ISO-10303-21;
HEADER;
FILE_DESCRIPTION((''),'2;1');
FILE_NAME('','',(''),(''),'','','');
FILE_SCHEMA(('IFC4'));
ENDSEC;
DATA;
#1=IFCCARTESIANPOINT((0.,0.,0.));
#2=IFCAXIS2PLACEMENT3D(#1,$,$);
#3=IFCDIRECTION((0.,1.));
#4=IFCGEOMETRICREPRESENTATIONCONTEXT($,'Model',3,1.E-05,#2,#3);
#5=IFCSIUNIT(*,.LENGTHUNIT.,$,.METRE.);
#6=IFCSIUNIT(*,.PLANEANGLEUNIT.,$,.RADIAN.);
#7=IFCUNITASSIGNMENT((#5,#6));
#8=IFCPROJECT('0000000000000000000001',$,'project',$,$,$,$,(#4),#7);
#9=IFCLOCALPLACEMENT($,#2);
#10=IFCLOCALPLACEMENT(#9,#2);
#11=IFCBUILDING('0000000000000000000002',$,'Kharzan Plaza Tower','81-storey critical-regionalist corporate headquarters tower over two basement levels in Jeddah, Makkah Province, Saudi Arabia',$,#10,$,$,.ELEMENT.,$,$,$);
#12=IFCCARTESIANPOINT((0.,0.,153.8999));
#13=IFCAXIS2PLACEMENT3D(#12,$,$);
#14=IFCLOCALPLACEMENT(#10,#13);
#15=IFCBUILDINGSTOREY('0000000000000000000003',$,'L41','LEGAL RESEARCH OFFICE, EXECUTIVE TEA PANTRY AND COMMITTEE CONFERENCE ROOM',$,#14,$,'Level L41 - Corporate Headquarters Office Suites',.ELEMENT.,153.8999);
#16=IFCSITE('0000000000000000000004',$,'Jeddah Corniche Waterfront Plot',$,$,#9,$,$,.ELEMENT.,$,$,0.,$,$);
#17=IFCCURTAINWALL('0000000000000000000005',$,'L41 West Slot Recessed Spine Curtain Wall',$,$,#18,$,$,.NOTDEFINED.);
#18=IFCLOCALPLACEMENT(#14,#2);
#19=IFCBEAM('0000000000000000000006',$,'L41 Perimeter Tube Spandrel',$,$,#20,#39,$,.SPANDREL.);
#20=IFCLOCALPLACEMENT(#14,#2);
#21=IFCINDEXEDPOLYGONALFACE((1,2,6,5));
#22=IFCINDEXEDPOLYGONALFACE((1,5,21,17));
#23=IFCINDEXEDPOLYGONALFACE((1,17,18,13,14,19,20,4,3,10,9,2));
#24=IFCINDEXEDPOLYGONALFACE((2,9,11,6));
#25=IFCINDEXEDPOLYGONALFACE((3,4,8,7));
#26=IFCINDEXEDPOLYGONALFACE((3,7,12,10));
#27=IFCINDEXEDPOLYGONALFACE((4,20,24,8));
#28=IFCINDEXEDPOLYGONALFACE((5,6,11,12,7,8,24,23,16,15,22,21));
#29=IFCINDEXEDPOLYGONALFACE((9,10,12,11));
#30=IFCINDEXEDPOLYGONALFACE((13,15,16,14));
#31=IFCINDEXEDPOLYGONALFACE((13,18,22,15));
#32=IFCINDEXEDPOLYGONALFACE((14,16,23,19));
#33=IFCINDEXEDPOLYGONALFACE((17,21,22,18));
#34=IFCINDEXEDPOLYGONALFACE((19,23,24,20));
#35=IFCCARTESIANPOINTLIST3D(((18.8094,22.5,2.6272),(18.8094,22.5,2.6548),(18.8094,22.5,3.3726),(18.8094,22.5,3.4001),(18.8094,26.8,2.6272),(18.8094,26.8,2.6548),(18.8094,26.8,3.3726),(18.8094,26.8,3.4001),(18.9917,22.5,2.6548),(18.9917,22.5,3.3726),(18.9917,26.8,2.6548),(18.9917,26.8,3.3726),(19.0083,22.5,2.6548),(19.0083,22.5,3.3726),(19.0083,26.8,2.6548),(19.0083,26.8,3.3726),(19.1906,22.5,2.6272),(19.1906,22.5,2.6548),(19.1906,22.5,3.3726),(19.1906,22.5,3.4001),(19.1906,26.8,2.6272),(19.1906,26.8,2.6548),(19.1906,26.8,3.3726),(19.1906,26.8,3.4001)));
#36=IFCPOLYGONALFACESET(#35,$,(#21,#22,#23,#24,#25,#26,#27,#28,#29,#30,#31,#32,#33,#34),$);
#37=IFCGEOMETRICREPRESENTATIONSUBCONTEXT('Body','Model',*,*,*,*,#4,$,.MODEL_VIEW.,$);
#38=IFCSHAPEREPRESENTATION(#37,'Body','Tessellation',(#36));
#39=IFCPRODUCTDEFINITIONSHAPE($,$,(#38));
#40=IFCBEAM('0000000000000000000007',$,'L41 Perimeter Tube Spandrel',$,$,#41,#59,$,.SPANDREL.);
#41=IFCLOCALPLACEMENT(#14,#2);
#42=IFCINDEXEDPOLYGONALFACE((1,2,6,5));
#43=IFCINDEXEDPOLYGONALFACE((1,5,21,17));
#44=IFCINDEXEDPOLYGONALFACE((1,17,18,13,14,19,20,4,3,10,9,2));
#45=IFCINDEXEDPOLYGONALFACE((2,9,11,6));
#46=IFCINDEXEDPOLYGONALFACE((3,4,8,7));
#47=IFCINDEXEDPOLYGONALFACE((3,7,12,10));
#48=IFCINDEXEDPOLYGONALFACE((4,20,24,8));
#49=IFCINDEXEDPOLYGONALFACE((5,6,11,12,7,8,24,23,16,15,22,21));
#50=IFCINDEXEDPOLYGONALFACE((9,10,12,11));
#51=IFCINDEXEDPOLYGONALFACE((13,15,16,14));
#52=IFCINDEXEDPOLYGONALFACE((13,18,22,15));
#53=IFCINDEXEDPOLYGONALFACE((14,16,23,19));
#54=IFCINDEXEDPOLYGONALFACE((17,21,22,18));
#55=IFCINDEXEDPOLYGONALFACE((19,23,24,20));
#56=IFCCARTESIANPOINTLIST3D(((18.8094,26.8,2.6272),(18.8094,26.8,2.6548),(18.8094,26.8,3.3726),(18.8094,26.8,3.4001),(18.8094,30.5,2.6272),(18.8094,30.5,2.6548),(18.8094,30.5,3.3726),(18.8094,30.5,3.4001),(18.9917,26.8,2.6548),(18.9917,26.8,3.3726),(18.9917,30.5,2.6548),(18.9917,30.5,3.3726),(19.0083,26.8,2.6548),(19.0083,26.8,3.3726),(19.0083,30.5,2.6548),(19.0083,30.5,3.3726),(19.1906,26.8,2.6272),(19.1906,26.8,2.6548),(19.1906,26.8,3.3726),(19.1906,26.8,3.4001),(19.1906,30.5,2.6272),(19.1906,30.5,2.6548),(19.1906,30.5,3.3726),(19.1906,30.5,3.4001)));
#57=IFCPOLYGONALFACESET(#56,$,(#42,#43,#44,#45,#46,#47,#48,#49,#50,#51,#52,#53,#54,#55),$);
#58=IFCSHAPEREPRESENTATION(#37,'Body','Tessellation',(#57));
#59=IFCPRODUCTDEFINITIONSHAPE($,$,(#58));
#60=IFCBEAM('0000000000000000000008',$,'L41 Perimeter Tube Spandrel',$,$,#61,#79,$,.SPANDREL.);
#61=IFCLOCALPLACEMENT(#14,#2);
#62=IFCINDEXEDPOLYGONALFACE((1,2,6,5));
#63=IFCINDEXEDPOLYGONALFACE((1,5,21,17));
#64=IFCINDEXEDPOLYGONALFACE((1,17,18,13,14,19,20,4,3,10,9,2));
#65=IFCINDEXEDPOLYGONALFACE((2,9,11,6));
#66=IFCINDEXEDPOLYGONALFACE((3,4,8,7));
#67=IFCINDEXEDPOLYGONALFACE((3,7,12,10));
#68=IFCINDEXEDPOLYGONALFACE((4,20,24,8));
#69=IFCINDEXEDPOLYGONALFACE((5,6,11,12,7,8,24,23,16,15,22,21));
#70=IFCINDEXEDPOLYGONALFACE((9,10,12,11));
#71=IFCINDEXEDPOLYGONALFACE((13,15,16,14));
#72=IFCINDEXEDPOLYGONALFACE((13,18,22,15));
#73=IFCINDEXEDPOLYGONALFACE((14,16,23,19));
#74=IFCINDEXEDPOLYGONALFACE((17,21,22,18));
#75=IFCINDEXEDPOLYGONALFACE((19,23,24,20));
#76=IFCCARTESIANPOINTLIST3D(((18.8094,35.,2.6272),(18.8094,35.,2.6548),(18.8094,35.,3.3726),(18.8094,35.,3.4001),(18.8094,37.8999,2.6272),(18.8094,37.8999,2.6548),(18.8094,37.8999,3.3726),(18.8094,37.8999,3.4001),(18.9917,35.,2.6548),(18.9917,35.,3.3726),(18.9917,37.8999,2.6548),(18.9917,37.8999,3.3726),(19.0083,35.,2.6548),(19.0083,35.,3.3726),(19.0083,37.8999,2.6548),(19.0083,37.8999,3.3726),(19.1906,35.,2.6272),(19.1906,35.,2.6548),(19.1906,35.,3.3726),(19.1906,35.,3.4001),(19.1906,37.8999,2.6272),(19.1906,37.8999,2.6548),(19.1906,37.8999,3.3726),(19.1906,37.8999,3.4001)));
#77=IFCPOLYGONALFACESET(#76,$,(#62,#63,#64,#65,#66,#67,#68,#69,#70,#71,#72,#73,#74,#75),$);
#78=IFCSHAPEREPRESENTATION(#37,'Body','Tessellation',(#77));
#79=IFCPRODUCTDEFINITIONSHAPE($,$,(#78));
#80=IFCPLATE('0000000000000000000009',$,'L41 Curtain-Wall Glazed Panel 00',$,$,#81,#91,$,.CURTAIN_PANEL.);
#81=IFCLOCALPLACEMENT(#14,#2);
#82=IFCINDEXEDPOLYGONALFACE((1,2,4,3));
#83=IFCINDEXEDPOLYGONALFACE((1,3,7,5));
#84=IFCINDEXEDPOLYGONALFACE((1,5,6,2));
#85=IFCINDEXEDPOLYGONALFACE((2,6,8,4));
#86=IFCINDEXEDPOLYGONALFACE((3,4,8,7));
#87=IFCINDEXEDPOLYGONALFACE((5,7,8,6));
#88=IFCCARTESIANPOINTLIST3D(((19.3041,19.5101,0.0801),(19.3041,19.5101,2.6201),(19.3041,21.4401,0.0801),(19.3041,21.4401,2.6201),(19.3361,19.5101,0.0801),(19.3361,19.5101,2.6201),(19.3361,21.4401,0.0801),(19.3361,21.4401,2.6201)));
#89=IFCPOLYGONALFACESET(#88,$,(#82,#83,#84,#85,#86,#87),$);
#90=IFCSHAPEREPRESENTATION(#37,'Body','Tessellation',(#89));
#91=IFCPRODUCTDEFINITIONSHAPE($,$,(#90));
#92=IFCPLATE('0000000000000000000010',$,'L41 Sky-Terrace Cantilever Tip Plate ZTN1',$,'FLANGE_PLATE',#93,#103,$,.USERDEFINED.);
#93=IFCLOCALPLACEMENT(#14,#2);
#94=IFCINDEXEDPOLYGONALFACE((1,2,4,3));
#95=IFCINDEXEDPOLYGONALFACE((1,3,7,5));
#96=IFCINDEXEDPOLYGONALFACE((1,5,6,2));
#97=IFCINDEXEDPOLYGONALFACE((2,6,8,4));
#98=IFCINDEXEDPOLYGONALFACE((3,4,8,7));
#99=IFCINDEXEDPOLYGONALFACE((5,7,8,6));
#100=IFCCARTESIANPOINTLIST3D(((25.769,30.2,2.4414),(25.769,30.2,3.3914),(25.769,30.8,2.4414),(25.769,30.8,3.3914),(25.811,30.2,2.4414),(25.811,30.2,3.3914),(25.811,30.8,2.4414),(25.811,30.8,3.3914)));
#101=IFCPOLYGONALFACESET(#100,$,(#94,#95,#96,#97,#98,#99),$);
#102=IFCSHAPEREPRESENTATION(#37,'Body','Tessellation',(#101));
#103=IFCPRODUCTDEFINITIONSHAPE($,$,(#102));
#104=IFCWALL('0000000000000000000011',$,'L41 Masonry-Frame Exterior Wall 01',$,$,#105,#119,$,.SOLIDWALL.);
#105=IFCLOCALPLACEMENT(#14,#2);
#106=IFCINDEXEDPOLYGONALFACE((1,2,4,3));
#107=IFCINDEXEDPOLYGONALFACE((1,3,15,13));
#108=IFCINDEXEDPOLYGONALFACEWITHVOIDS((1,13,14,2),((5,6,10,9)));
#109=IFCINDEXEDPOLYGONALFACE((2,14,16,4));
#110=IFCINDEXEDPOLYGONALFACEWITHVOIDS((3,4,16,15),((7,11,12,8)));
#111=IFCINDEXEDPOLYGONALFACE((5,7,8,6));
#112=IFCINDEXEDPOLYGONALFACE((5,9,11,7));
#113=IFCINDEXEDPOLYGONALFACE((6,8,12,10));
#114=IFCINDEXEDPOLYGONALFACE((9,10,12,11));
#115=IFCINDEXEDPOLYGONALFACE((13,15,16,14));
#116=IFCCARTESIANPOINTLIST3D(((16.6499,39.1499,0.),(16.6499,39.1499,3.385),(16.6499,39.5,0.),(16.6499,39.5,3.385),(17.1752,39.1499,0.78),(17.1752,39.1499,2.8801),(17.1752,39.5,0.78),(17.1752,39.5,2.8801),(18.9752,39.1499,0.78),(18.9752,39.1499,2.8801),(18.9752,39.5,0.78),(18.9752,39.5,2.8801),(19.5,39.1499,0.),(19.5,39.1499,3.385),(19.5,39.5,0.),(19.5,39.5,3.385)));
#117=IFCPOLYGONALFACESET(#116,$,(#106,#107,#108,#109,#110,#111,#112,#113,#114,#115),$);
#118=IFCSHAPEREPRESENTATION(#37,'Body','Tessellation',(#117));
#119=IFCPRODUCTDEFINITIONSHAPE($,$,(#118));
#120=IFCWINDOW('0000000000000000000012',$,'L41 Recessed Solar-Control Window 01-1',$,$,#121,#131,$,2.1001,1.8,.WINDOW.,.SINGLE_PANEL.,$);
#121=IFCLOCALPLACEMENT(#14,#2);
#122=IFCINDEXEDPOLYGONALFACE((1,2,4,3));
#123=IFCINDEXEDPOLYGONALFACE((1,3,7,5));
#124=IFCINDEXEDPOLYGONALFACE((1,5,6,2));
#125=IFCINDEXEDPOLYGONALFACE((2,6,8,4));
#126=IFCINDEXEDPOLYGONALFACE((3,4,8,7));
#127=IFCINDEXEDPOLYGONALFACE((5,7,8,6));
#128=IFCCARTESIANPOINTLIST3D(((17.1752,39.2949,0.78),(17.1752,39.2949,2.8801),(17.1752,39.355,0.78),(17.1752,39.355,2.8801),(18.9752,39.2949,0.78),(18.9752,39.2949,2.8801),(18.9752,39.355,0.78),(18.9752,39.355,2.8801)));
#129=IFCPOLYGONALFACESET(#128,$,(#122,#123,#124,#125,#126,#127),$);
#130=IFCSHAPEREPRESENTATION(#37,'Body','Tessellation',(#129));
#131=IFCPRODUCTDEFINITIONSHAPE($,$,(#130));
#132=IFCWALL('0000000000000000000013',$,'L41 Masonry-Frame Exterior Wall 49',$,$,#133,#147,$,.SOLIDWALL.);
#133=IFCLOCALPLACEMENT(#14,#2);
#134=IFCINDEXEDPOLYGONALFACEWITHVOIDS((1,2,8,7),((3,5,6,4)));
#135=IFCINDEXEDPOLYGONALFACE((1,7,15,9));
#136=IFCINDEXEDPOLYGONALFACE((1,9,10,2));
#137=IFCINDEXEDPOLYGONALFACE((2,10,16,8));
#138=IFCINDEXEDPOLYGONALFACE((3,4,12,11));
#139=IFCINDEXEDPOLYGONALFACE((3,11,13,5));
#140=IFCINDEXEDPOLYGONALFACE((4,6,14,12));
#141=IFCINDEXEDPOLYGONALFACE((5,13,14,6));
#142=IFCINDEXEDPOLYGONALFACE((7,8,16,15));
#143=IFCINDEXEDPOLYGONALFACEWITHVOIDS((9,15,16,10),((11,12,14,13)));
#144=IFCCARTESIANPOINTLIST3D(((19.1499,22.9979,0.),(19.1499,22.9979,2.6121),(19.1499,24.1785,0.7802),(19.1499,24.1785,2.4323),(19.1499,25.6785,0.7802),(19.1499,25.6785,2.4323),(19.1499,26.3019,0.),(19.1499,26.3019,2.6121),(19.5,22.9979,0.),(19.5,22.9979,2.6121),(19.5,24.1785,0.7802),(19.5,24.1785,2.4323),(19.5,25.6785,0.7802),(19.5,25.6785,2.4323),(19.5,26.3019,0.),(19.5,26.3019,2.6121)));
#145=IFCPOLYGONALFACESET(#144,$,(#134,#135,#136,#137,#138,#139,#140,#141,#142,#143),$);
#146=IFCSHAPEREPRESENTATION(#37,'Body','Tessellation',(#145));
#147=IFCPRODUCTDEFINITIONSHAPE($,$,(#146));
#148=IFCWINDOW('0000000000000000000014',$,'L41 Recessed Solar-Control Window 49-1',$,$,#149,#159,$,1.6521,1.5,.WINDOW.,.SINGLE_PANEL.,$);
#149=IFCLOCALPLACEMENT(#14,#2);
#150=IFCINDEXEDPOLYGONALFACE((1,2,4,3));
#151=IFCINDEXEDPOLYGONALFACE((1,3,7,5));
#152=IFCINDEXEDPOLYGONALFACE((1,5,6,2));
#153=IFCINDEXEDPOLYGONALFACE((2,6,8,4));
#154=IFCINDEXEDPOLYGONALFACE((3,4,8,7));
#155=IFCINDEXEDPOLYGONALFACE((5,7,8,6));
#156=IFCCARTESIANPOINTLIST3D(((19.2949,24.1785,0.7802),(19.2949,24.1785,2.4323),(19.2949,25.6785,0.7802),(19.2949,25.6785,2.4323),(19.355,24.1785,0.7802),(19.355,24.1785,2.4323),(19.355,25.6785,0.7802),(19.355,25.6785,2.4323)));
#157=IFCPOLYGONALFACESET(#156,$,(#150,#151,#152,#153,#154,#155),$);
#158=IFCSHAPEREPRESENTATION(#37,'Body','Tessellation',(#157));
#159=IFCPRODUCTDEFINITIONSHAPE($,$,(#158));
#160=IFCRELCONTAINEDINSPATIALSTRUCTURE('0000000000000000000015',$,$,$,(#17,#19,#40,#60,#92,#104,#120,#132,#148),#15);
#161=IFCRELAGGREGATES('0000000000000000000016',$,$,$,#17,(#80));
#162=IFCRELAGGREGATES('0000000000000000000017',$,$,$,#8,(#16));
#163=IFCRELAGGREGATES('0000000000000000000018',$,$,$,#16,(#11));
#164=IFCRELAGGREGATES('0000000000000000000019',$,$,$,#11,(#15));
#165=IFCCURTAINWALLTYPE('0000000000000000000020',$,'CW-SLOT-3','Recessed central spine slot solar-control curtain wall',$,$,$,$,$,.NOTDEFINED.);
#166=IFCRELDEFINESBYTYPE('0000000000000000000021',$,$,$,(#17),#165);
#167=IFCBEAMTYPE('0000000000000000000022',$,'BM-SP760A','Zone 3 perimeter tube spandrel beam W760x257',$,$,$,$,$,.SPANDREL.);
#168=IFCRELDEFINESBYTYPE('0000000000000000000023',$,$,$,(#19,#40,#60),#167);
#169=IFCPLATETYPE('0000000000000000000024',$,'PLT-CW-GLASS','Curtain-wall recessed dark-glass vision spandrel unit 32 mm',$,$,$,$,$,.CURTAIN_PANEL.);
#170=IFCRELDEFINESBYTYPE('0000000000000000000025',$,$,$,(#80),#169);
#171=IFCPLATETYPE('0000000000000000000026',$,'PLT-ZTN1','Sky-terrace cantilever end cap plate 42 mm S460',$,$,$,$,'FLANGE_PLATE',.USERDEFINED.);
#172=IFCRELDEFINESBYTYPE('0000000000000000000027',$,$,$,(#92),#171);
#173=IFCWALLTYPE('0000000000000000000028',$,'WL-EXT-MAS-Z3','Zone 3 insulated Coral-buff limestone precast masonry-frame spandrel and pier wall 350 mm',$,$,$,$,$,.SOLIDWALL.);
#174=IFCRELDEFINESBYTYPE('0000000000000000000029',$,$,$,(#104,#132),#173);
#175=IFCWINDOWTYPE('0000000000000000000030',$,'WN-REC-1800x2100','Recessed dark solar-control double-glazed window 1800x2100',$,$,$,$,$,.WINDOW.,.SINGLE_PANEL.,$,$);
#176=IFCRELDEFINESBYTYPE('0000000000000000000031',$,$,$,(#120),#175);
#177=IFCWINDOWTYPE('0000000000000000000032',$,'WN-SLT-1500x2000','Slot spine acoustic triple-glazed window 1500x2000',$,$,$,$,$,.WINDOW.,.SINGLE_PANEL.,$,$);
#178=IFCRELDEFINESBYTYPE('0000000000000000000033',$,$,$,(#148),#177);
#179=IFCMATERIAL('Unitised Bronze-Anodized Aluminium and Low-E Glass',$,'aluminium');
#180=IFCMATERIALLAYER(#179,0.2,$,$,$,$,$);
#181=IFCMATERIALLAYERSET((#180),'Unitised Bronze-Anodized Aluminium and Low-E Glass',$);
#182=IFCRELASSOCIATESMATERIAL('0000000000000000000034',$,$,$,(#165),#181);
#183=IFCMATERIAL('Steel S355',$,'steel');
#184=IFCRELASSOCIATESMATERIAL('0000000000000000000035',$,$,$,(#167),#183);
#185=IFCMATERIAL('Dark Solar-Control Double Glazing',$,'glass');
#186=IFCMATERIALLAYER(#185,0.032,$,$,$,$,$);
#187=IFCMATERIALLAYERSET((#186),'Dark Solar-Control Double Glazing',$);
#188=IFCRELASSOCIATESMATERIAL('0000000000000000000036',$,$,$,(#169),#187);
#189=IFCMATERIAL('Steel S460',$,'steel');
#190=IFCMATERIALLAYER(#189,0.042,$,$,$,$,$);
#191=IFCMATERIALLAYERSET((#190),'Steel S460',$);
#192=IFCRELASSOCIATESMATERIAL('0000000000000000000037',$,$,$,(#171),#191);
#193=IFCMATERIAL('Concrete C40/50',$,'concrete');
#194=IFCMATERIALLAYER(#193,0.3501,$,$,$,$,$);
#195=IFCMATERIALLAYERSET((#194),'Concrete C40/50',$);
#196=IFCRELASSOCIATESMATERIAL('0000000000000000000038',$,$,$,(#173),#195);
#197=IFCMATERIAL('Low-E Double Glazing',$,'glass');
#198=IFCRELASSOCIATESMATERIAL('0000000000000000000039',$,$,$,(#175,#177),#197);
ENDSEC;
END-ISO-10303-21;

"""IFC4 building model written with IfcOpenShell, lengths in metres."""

from ifc_helpers import new_model, si_unit, direction, frame, frame_2d, origin, origin_2d, place, context, subcontext, project, spatial, rectangle, i_section, extrude, source, transform, mapped, material, layer, layer_set, material_profile, profile_set, type_object, element, fill, aggregate, save


model = new_model("IFC4")

# Units and contexts
model_context = context("Model", 3, precision=1e-05, world=origin(), true_north=direction((0.0, 1.0)))
body_context = subcontext(model_context, "Body", "Model", "MODEL_VIEW")
ifc_project = project(units=[si_unit("LENGTHUNIT", "METRE"), si_unit("PLANEANGLEUNIT", "RADIAN")], contexts=[model_context])

# Site, building, storey
site_placement = place(None, origin())
site = spatial("IfcSite", under=ifc_project, at=site_placement, Name="Jeddah Corniche Waterfront Plot", CompositionType="ELEMENT", RefElevation=0.0)
building_placement = place(site_placement, origin())
building = spatial("IfcBuilding", under=site, at=building_placement, Name="Kharzan Plaza Tower", Description="81-storey critical-regionalist corporate headquarters tower over two basement levels in Jeddah, Makkah Province, Saudi Arabia", CompositionType="ELEMENT")
storey_placement = place(building_placement, frame((0.0, 0.0, 153.8999)))
storey = spatial("IfcBuildingStorey", under=building, at=storey_placement, Name="L41", Description="LEGAL RESEARCH OFFICE, EXECUTIVE TEA PANTRY AND COMMITTEE CONFERENCE ROOM", LongName="Level L41 - Corporate Headquarters Office Suites", CompositionType="ELEMENT", Elevation=153.8999)

# Shared definitions
ifc_material_1 = material(Name="Steel S355", Category="steel")

# Curtain wall
ifc_material_2 = material(Name="Unitised Bronze-Anodized Aluminium and Low-E Glass", Category="aluminium")
ifc_layer_1 = layer(ifc_material_2, 0.2)
ifc_layer_set_1 = layer_set([ifc_layer_1], Name="Unitised Bronze-Anodized Aluminium and Low-E Glass")
curtain_wall_type = type_object("IfcCurtainWallType", Name="CW-SLOT-3", Description="Recessed central spine slot solar-control curtain wall", PredefinedType="NOTDEFINED", material=ifc_layer_set_1)
curtain_wall_placement = place(storey_placement, origin())
curtain_wall = element("IfcCurtainWall", 1, at=curtain_wall_placement, inside=storey, type_object=curtain_wall_type, Name="L41 West Slot Recessed Spine Curtain Wall", PredefinedType="NOTDEFINED")

# Beams
ifc_material_profile_1 = material_profile(ifc_material_1, i_section(OverallWidth=0.3811, OverallDepth=0.7729, WebThickness=0.0166, FlangeThickness=0.0276, at=origin_2d()), Name="W760x257")
ifc_profile_set_1 = profile_set([ifc_material_profile_1], Name="Steel S355")
beam_type_1 = type_object("IfcBeamType", Name="BM-SP760A", Description="Zone 3 perimeter tube spandrel beam W760x257", PredefinedType="SPANDREL", material=ifc_profile_set_1)
shared_shape_1 = source(origin(), body_context, "Body", "SweptSolid", [
    extrude(i_section(OverallWidth=0.3811, OverallDepth=0.7729, WebThickness=0.0166, FlangeThickness=0.0276, at=origin_2d()), origin(), (0.0, 0.0, 1.0), 4.3),
])
beam_1_placement = place(storey_placement, frame((19.0, 22.5, 3.0137), z_axis=(0.0, 1.0, 0.0), x_axis=(-1.0, 0.0, 0.0)))
element("IfcBeam", 2, at=beam_1_placement, inside=storey, type_object=beam_type_1, Name="L41 Perimeter Tube Spandrel", PredefinedType="SPANDREL", context=body_context, shape_type="MappedRepresentation", body=[
    mapped(shared_shape_1, transform((0.0, 0.0, 0.0), x_axis=(1.0, 0.0, 0.0), y_axis=(0.0, 1.0, 0.0), z_axis=(0.0, 0.0, 1.0))),
])
shared_shape_2 = source(origin(), body_context, "Body", "SweptSolid", [
    extrude(i_section(OverallWidth=0.3811, OverallDepth=0.7729, WebThickness=0.0166, FlangeThickness=0.0276, at=origin_2d()), origin(), (0.0, 0.0, 1.0), 3.7),
])
beam_2_placement = place(storey_placement, frame((19.0, 26.8, 3.0137), z_axis=(0.0, 1.0, 0.0), x_axis=(-1.0, 0.0, 0.0)))
element("IfcBeam", 3, at=beam_2_placement, inside=storey, type_object=beam_type_1, Name="L41 Perimeter Tube Spandrel", PredefinedType="SPANDREL", context=body_context, shape_type="MappedRepresentation", body=[
    mapped(shared_shape_2, transform((0.0, 0.0, 0.0), x_axis=(1.0, 0.0, 0.0), y_axis=(0.0, 1.0, 0.0), z_axis=(0.0, 0.0, 1.0))),
])
shared_shape_3 = source(origin(), body_context, "Body", "SweptSolid", [
    extrude(i_section(OverallWidth=0.3811, OverallDepth=0.7729, WebThickness=0.0166, FlangeThickness=0.0276, at=origin_2d()), origin(), (0.0, 0.0, 1.0), 2.8999),
])
beam_3_placement = place(storey_placement, frame((19.0, 35.0, 3.0137), z_axis=(0.0, 1.0, 0.0), x_axis=(-1.0, 0.0, 0.0)))
element("IfcBeam", 4, at=beam_3_placement, inside=storey, type_object=beam_type_1, Name="L41 Perimeter Tube Spandrel", PredefinedType="SPANDREL", context=body_context, shape_type="MappedRepresentation", body=[
    mapped(shared_shape_3, transform((0.0, 0.0, 0.0), x_axis=(1.0, 0.0, 0.0), y_axis=(0.0, 1.0, 0.0), z_axis=(0.0, 0.0, 1.0))),
])

# Plates
ifc_material_3 = material(Name="Dark Solar-Control Double Glazing", Category="glass")
ifc_layer_2 = layer(ifc_material_3, 0.032)
ifc_layer_set_2 = layer_set([ifc_layer_2], Name="Dark Solar-Control Double Glazing")
plate_type_1 = type_object("IfcPlateType", Name="PLT-CW-GLASS", Description="Curtain-wall recessed dark-glass vision spandrel unit 32 mm", PredefinedType="CURTAIN_PANEL", material=ifc_layer_set_2)
shared_shape_4 = source(origin(), body_context, "Body", "SweptSolid", [
    extrude(rectangle(XDim=1.9299, YDim=0.032, at=origin_2d()), origin(), (0.0, 0.0, 1.0), 2.54),
])
plate_1_placement = place(storey_placement, frame((19.3201, 20.4751, 0.0801), z_axis=(0.0, 0.0, 1.0), x_axis=(0.0, 1.0, 0.0)))
plate_1 = element("IfcPlate", 5, at=plate_1_placement, type_object=plate_type_1, Name="L41 Curtain-Wall Glazed Panel 00", PredefinedType="CURTAIN_PANEL", context=body_context, shape_type="MappedRepresentation", body=[
    mapped(shared_shape_4, transform((0.0, 0.0, 0.0), x_axis=(1.0, 0.0, 0.0), y_axis=(0.0, 1.0, 0.0), z_axis=(0.0, 0.0, 1.0))),
])
aggregate(curtain_wall, [plate_1])
ifc_material_4 = material(Name="Steel S460", Category="steel")
ifc_layer_3 = layer(ifc_material_4, 0.042)
ifc_layer_set_3 = layer_set([ifc_layer_3], Name="Steel S460")
plate_type_2 = type_object("IfcPlateType", Name="PLT-ZTN1", Description="Sky-terrace cantilever end cap plate 42 mm S460", ElementType="FLANGE_PLATE", PredefinedType="USERDEFINED", material=ifc_layer_set_3)
shared_shape_5 = source(origin(), body_context, "Body", "SweptSolid", [
    extrude(rectangle(XDim=0.6001, YDim=0.042, at=origin_2d()), origin(), (0.0, 0.0, 1.0), 0.95),
])
plate_2_placement = place(storey_placement, frame((25.79, 30.5, 2.4414), z_axis=(0.0, 0.0, 1.0), x_axis=(0.0, 1.0, 0.0)))
element("IfcPlate", 6, at=plate_2_placement, inside=storey, type_object=plate_type_2, Name="L41 Sky-Terrace Cantilever Tip Plate ZTN1", ObjectType="FLANGE_PLATE", PredefinedType="USERDEFINED", context=body_context, shape_type="MappedRepresentation", body=[
    mapped(shared_shape_5, transform((0.0, 0.0, 0.0), x_axis=(1.0, 0.0, 0.0), y_axis=(0.0, 1.0, 0.0), z_axis=(0.0, 0.0, 1.0))),
])

# Walls, openings, windows
ifc_material_5 = material(Name="Concrete C40/50", Category="concrete")
ifc_layer_4 = layer(ifc_material_5, 0.3501)
ifc_layer_set_4 = layer_set([ifc_layer_4], Name="Concrete C40/50")
wall_type = type_object("IfcWallType", Name="WL-EXT-MAS-Z3", Description="Zone 3 insulated Coral-buff limestone precast masonry-frame spandrel and pier wall 350 mm", PredefinedType="SOLIDWALL", material=ifc_layer_set_4)
wall_1_placement = place(storey_placement, frame((19.5, 39.325, 0.0), z_axis=(0.0, 0.0, 1.0), x_axis=(-1.0, 0.0, 0.0)))
wall_1 = element("IfcWall", 7, at=wall_1_placement, inside=storey, type_object=wall_type, Name="L41 Masonry-Frame Exterior Wall 01", PredefinedType="SOLIDWALL", context=body_context, shape_type="SweptSolid", body=[
    extrude(rectangle(XDim=2.8501, YDim=0.3501, at=frame_2d((1.425, 0.0))), origin(), (0.0, 0.0, 1.0), 3.385),
])
opening_1_placement = place(wall_1_placement, frame((0.5249, 0.0, 0.78)))
opening_1 = element("IfcOpeningElement", 8, at=opening_1_placement, cuts=wall_1, PredefinedType="OPENING", context=body_context, shape_type="SweptSolid", body=[
    extrude(rectangle(XDim=1.8, YDim=2.1001, at=frame_2d((0.8999, 1.05))), frame((0.0, 0.1851, 0.0), z_axis=(0.0, -1.0, 0.0), x_axis=(1.0, 0.0, 0.0)), (0.0, 0.0, 1.0), 0.3701),
])
ifc_material_6 = material(Name="Low-E Double Glazing", Category="glass")
window_type_1 = type_object("IfcWindowType", Name="WN-REC-1800x2100", Description="Recessed dark solar-control double-glazed window 1800x2100", PartitioningType="SINGLE_PANEL", PredefinedType="WINDOW", material=ifc_material_6)
shared_shape_6 = source(origin(), body_context, "Body", "SweptSolid", [
    extrude(rectangle(XDim=1.8, YDim=2.1001, at=frame_2d((0.8999, 1.05))), frame((0.0, 0.03, 0.0), z_axis=(0.0, -1.0, 0.0), x_axis=(1.0, 0.0, 0.0)), (0.0, 0.0, 1.0), 0.0601),
])
window_1_placement = place(opening_1_placement, origin())
window_1 = element("IfcWindow", 9, at=window_1_placement, inside=storey, type_object=window_type_1, Name="L41 Recessed Solar-Control Window 01-1", OverallHeight=2.1001, OverallWidth=1.8, PartitioningType="SINGLE_PANEL", PredefinedType="WINDOW", context=body_context, shape_type="MappedRepresentation", body=[
    mapped(shared_shape_6, transform((0.0, 0.0, 0.0), x_axis=(1.0, 0.0, 0.0), y_axis=(0.0, 1.0, 0.0), z_axis=(0.0, 0.0, 1.0))),
])
fill(opening_1, window_1)
wall_2_placement = place(storey_placement, frame((19.325, 22.998, 0.0), z_axis=(0.0, 0.0, 1.0), x_axis=(0.0, 1.0, 0.0)))
wall_2 = element("IfcWall", 10, at=wall_2_placement, inside=storey, type_object=wall_type, Name="L41 Masonry-Frame Exterior Wall 49", PredefinedType="SOLIDWALL", context=body_context, shape_type="SweptSolid", body=[
    extrude(rectangle(XDim=3.304, YDim=0.3501, at=frame_2d((1.6519, 0.0))), origin(), (0.0, 0.0, 1.0), 2.6121),
])
opening_2_placement = place(wall_2_placement, frame((1.1804, 0.0, 0.78)))
opening_2 = element("IfcOpeningElement", 11, at=opening_2_placement, cuts=wall_2, PredefinedType="OPENING", context=body_context, shape_type="SweptSolid", body=[
    extrude(rectangle(XDim=1.5, YDim=1.6521, at=frame_2d((0.75, 0.8262))), frame((0.0, 0.1851, 0.0), z_axis=(0.0, -1.0, 0.0), x_axis=(1.0, 0.0, 0.0)), (0.0, 0.0, 1.0), 0.3701),
])
window_type_2 = type_object("IfcWindowType", Name="WN-SLT-1500x2000", Description="Slot spine acoustic triple-glazed window 1500x2000", PartitioningType="SINGLE_PANEL", PredefinedType="WINDOW", material=ifc_material_6)
shared_shape_7 = source(origin(), body_context, "Body", "SweptSolid", [
    extrude(rectangle(XDim=1.5, YDim=1.6521, at=frame_2d((0.75, 0.8262))), frame((0.0, 0.03, 0.0), z_axis=(0.0, -1.0, 0.0), x_axis=(1.0, 0.0, 0.0)), (0.0, 0.0, 1.0), 0.0601),
])
window_2_placement = place(opening_2_placement, origin())
window_2 = element("IfcWindow", 12, at=window_2_placement, inside=storey, type_object=window_type_2, Name="L41 Recessed Solar-Control Window 49-1", OverallHeight=1.6521, OverallWidth=1.5, PartitioningType="SINGLE_PANEL", PredefinedType="WINDOW", context=body_context, shape_type="MappedRepresentation", body=[
    mapped(shared_shape_7, transform((0.0, 0.0, 0.0), x_axis=(1.0, 0.0, 0.0), y_axis=(0.0, 1.0, 0.0), z_axis=(0.0, 0.0, 1.0))),
])
fill(opening_2, window_2)

save(model, "model.ifc")
